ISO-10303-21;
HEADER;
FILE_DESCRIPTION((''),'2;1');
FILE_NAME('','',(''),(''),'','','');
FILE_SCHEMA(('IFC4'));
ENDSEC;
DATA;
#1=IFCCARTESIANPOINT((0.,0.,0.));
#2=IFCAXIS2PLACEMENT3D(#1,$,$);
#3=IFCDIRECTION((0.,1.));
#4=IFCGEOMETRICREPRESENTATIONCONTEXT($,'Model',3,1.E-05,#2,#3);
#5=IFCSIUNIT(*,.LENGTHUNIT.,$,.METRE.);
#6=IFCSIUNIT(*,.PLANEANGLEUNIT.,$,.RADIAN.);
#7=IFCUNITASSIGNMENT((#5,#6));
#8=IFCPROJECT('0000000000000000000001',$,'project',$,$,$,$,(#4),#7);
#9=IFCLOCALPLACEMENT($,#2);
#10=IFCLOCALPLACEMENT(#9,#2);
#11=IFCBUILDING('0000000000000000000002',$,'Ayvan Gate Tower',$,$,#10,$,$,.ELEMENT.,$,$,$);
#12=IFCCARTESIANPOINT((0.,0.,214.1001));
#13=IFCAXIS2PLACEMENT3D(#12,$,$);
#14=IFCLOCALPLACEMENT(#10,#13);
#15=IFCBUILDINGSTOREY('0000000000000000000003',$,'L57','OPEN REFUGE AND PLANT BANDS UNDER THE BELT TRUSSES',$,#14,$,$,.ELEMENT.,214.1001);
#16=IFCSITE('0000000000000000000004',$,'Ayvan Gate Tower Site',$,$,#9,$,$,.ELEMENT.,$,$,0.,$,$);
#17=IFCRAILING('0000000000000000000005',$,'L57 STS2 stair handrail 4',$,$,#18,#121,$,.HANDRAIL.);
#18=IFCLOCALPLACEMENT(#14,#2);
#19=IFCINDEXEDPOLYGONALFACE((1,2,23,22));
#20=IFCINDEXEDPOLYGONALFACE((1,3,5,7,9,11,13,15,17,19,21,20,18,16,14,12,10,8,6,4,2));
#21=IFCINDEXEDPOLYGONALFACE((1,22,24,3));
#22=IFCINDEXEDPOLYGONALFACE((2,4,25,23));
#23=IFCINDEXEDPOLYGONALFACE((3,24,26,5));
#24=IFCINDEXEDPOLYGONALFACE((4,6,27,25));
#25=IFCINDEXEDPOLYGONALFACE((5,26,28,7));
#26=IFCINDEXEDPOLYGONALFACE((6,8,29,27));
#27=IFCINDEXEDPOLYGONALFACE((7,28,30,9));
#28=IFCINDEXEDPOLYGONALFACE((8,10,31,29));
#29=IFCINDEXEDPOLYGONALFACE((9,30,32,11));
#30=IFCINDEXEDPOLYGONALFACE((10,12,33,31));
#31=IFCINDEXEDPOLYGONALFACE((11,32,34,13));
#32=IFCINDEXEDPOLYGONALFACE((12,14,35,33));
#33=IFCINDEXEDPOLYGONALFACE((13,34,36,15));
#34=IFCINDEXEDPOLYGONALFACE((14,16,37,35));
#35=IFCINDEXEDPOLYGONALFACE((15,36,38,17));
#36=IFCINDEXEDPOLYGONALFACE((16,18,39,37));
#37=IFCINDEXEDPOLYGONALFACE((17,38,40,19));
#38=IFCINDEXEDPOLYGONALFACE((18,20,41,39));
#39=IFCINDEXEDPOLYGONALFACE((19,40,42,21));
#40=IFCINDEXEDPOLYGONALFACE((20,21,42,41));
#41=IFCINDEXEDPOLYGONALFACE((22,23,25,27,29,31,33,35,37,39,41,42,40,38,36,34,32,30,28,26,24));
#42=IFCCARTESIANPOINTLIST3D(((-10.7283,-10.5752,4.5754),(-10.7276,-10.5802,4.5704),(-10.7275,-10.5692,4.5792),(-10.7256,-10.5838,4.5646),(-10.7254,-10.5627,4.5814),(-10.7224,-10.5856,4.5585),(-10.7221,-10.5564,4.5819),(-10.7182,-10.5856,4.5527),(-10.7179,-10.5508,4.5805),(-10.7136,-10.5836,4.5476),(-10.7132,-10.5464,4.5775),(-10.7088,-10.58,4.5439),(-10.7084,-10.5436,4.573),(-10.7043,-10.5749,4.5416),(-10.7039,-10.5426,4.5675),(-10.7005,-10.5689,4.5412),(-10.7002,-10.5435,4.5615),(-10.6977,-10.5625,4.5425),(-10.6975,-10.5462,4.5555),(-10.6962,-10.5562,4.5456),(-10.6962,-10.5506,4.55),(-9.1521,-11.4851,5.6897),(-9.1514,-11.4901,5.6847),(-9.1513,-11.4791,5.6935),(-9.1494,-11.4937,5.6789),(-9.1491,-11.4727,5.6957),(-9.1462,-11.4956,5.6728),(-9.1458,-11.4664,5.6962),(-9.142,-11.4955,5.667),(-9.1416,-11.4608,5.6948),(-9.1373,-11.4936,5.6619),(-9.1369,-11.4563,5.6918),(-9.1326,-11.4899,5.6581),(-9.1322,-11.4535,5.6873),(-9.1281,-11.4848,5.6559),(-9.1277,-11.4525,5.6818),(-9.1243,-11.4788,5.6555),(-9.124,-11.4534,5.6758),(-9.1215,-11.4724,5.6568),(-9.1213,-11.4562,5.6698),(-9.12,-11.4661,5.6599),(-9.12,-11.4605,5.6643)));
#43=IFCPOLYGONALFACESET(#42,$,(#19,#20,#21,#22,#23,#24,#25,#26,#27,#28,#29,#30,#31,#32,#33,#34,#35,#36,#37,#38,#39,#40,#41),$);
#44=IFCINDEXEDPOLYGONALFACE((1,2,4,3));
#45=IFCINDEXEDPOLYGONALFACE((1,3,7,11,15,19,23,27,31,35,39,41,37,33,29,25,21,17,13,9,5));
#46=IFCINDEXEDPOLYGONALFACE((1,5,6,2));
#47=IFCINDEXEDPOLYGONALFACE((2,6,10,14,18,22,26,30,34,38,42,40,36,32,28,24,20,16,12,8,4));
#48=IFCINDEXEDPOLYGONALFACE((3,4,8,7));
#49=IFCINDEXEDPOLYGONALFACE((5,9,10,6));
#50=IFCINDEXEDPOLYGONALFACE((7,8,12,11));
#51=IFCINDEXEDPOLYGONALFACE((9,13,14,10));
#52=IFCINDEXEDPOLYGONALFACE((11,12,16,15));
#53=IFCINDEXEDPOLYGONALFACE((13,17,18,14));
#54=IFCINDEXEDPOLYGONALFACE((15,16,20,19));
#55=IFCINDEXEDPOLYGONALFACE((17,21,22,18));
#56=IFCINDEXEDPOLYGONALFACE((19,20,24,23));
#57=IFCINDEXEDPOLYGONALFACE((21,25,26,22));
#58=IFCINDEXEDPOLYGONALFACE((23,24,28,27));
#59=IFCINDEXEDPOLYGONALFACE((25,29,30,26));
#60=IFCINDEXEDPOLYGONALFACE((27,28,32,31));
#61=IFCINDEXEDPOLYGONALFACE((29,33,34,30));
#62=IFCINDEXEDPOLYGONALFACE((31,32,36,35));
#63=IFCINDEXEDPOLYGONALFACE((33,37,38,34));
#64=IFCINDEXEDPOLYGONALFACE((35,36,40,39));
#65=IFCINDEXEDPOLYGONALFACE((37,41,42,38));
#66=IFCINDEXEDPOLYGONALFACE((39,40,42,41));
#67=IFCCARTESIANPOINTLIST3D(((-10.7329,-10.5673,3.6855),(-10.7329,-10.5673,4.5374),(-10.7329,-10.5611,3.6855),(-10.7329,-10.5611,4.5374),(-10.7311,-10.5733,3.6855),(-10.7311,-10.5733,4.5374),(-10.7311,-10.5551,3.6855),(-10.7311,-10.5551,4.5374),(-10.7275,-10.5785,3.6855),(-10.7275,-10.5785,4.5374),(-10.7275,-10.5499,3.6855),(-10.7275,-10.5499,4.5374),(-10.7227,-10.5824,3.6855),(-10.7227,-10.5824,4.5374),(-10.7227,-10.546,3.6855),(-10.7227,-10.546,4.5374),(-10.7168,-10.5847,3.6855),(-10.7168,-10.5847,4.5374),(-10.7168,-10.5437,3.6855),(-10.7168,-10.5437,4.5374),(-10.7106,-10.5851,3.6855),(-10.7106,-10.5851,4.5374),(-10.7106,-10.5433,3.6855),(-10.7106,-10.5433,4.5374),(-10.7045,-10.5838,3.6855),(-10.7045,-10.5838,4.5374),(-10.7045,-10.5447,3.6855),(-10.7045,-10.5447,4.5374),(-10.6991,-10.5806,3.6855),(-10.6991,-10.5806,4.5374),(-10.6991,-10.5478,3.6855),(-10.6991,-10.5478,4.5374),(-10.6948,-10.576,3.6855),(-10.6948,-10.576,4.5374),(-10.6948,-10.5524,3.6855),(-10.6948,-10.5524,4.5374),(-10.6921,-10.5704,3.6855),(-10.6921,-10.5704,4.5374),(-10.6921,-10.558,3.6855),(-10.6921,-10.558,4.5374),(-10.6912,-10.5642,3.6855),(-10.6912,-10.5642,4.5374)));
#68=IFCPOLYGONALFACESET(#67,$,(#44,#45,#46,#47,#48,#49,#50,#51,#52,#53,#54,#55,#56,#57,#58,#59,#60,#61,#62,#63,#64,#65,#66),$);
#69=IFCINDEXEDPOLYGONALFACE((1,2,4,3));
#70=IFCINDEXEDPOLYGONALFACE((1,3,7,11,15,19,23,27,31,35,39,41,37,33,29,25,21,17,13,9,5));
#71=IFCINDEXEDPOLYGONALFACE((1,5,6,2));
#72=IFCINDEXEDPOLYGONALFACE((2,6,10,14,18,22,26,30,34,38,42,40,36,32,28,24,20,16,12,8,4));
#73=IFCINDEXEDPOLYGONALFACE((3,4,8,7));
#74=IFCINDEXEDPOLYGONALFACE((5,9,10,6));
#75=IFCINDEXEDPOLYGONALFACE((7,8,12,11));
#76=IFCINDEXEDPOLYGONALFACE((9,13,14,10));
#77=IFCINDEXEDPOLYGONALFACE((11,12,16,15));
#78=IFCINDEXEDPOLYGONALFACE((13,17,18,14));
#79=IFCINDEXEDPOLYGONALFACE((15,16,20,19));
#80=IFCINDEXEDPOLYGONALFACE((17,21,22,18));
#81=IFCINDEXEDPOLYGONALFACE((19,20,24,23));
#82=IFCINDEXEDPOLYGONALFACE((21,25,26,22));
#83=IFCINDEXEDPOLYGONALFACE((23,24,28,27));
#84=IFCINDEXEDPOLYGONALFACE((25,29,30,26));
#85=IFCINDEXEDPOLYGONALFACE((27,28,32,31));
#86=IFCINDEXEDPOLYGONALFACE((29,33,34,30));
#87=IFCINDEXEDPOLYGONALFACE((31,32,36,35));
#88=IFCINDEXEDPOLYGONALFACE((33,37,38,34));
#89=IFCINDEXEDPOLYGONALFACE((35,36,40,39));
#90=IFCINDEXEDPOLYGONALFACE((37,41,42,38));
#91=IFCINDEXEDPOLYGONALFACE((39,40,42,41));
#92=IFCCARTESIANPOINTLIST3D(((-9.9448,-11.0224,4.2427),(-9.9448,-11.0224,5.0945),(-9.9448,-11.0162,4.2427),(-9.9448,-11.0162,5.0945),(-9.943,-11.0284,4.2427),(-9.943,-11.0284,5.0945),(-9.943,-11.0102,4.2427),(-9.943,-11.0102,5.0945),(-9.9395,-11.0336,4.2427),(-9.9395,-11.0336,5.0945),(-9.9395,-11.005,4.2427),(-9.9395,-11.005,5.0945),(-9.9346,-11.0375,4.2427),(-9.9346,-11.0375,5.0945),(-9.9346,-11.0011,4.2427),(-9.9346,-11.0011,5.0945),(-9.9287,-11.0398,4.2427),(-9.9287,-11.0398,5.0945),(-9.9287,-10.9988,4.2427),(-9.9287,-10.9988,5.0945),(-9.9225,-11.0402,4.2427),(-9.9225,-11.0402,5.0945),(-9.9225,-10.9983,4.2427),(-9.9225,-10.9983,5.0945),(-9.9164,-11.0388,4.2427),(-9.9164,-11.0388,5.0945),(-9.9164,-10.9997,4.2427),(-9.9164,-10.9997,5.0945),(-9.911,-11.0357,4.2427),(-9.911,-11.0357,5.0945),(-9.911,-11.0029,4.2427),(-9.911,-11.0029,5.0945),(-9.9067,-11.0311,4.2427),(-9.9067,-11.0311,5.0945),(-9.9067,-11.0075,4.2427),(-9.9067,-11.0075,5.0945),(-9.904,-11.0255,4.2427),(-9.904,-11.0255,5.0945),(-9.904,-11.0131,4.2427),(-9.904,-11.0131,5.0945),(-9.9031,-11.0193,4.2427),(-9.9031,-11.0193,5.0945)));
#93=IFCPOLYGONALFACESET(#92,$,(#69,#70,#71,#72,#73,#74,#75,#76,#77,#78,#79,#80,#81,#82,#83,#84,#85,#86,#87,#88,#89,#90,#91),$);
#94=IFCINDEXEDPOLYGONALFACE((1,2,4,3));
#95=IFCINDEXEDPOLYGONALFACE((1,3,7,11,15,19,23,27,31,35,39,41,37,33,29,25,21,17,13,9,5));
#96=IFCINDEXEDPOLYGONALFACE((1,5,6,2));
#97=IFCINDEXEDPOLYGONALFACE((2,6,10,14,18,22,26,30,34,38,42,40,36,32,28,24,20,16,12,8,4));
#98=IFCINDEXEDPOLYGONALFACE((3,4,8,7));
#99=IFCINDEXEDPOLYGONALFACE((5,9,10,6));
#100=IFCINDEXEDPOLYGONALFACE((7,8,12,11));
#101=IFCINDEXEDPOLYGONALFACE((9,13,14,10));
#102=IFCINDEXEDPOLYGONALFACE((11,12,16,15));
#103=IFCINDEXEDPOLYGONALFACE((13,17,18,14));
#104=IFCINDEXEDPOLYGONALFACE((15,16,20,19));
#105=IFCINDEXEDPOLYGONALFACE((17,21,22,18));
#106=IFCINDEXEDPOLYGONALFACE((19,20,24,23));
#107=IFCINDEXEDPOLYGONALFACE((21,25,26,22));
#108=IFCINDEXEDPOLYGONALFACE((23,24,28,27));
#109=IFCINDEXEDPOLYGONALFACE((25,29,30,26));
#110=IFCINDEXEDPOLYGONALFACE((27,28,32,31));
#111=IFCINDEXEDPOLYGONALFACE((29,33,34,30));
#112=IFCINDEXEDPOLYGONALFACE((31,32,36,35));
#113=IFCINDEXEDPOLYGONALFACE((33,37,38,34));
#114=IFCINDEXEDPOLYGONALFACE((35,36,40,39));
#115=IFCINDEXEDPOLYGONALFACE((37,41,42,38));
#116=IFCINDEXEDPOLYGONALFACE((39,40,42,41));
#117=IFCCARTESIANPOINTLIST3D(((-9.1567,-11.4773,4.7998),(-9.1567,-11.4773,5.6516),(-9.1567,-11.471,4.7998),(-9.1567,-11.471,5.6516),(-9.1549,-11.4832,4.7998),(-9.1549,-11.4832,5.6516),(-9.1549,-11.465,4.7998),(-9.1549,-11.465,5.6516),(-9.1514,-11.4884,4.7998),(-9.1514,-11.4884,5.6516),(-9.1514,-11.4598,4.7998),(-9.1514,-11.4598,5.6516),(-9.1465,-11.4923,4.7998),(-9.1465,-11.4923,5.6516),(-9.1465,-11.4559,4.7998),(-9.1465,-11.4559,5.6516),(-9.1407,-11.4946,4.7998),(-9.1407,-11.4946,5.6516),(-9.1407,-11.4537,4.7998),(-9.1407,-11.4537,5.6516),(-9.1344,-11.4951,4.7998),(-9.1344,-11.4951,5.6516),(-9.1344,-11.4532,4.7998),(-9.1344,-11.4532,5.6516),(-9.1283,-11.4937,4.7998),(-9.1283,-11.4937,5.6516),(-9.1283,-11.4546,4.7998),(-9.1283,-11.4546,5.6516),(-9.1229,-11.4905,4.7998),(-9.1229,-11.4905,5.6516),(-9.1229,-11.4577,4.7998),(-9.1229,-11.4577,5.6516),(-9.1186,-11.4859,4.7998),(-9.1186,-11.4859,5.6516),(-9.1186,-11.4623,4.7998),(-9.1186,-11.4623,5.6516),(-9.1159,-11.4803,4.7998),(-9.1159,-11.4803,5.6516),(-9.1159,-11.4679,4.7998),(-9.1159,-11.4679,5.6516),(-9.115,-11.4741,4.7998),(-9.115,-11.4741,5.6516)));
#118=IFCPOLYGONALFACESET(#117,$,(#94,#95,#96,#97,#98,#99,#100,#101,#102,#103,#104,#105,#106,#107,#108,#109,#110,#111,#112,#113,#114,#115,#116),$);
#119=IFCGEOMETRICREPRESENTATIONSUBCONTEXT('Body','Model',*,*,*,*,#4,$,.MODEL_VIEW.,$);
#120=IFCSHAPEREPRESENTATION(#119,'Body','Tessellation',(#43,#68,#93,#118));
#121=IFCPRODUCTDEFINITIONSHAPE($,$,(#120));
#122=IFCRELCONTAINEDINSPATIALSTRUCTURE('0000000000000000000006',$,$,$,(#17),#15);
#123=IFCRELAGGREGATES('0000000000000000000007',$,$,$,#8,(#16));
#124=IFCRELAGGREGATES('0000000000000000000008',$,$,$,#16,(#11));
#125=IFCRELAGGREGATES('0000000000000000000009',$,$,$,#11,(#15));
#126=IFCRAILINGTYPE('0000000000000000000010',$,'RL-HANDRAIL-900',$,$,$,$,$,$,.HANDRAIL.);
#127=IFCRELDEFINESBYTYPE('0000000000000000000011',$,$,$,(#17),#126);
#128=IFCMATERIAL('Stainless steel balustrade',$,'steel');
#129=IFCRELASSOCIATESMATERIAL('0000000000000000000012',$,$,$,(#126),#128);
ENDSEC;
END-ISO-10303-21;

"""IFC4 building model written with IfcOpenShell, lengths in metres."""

from ifc_helpers import new_model, si_unit, direction, frame, origin, origin_2d, place, context, subcontext, project, spatial, circle, extrude, material, type_object, element, save


model = new_model("IFC4")

# Units and contexts
model_context = context("Model", 3, precision=1e-05, world=origin(), true_north=direction((0.0, 1.0)))
body_context = subcontext(model_context, "Body", "Model", "MODEL_VIEW")
ifc_project = project(units=[si_unit("LENGTHUNIT", "METRE"), si_unit("PLANEANGLEUNIT", "RADIAN")], contexts=[model_context])

# Site, building, storey
site_placement = place(None, origin())
site = spatial("IfcSite", under=ifc_project, at=site_placement, Name="Ayvan Gate Tower Site", CompositionType="ELEMENT", RefElevation=0.0)
building_placement = place(site_placement, origin())
building = spatial("IfcBuilding", under=site, at=building_placement, Name="Ayvan Gate Tower", CompositionType="ELEMENT")
storey_placement = place(building_placement, frame((0.0, 0.0, 214.1001)))
storey = spatial("IfcBuildingStorey", under=building, at=storey_placement, Name="L57", Description="OPEN REFUGE AND PLANT BANDS UNDER THE BELT TRUSSES", CompositionType="ELEMENT", Elevation=214.1001)

# Railing
ifc_material_1 = material(Name="Stainless steel balustrade", Category="steel")
railing_type_1 = type_object("IfcRailingType", Name="RL-HANDRAIL-900", PredefinedType="HANDRAIL", material=ifc_material_1)
for number, where, name in (
    (1, (-10.7122, -10.5642, 3.6855), "L57 STS2 stair handrail 4"),
):
    element("IfcRailing", number, at=place(storey_placement, frame(where)), inside=storey, type_object=railing_type_1, Name=name, PredefinedType="HANDRAIL", context=body_context, shape_type="SweptSolid", body=[
        extrude(circle(Radius=0.0239, at=origin_2d()), frame((0.0, 0.0, 0.876), z_axis=(0.73861, -0.426394, 0.522153), x_axis=(0.499962, 0.866047, 0.0)), (0.0, 0.0, 1.0), 2.134),
        extrude(circle(Radius=0.021, at=origin_2d()), origin(), (0.0, 0.0, 1.0), 0.8518),
        extrude(circle(Radius=0.021, at=origin_2d()), frame((0.7881, -0.4551, 0.5571)), (0.0, 0.0, 1.0), 0.8518),
        extrude(circle(Radius=0.021, at=origin_2d()), frame((1.5762, -0.9099, 1.1143)), (0.0, 0.0, 1.0), 0.8518),
    ])

save(model, "model.ifc")
